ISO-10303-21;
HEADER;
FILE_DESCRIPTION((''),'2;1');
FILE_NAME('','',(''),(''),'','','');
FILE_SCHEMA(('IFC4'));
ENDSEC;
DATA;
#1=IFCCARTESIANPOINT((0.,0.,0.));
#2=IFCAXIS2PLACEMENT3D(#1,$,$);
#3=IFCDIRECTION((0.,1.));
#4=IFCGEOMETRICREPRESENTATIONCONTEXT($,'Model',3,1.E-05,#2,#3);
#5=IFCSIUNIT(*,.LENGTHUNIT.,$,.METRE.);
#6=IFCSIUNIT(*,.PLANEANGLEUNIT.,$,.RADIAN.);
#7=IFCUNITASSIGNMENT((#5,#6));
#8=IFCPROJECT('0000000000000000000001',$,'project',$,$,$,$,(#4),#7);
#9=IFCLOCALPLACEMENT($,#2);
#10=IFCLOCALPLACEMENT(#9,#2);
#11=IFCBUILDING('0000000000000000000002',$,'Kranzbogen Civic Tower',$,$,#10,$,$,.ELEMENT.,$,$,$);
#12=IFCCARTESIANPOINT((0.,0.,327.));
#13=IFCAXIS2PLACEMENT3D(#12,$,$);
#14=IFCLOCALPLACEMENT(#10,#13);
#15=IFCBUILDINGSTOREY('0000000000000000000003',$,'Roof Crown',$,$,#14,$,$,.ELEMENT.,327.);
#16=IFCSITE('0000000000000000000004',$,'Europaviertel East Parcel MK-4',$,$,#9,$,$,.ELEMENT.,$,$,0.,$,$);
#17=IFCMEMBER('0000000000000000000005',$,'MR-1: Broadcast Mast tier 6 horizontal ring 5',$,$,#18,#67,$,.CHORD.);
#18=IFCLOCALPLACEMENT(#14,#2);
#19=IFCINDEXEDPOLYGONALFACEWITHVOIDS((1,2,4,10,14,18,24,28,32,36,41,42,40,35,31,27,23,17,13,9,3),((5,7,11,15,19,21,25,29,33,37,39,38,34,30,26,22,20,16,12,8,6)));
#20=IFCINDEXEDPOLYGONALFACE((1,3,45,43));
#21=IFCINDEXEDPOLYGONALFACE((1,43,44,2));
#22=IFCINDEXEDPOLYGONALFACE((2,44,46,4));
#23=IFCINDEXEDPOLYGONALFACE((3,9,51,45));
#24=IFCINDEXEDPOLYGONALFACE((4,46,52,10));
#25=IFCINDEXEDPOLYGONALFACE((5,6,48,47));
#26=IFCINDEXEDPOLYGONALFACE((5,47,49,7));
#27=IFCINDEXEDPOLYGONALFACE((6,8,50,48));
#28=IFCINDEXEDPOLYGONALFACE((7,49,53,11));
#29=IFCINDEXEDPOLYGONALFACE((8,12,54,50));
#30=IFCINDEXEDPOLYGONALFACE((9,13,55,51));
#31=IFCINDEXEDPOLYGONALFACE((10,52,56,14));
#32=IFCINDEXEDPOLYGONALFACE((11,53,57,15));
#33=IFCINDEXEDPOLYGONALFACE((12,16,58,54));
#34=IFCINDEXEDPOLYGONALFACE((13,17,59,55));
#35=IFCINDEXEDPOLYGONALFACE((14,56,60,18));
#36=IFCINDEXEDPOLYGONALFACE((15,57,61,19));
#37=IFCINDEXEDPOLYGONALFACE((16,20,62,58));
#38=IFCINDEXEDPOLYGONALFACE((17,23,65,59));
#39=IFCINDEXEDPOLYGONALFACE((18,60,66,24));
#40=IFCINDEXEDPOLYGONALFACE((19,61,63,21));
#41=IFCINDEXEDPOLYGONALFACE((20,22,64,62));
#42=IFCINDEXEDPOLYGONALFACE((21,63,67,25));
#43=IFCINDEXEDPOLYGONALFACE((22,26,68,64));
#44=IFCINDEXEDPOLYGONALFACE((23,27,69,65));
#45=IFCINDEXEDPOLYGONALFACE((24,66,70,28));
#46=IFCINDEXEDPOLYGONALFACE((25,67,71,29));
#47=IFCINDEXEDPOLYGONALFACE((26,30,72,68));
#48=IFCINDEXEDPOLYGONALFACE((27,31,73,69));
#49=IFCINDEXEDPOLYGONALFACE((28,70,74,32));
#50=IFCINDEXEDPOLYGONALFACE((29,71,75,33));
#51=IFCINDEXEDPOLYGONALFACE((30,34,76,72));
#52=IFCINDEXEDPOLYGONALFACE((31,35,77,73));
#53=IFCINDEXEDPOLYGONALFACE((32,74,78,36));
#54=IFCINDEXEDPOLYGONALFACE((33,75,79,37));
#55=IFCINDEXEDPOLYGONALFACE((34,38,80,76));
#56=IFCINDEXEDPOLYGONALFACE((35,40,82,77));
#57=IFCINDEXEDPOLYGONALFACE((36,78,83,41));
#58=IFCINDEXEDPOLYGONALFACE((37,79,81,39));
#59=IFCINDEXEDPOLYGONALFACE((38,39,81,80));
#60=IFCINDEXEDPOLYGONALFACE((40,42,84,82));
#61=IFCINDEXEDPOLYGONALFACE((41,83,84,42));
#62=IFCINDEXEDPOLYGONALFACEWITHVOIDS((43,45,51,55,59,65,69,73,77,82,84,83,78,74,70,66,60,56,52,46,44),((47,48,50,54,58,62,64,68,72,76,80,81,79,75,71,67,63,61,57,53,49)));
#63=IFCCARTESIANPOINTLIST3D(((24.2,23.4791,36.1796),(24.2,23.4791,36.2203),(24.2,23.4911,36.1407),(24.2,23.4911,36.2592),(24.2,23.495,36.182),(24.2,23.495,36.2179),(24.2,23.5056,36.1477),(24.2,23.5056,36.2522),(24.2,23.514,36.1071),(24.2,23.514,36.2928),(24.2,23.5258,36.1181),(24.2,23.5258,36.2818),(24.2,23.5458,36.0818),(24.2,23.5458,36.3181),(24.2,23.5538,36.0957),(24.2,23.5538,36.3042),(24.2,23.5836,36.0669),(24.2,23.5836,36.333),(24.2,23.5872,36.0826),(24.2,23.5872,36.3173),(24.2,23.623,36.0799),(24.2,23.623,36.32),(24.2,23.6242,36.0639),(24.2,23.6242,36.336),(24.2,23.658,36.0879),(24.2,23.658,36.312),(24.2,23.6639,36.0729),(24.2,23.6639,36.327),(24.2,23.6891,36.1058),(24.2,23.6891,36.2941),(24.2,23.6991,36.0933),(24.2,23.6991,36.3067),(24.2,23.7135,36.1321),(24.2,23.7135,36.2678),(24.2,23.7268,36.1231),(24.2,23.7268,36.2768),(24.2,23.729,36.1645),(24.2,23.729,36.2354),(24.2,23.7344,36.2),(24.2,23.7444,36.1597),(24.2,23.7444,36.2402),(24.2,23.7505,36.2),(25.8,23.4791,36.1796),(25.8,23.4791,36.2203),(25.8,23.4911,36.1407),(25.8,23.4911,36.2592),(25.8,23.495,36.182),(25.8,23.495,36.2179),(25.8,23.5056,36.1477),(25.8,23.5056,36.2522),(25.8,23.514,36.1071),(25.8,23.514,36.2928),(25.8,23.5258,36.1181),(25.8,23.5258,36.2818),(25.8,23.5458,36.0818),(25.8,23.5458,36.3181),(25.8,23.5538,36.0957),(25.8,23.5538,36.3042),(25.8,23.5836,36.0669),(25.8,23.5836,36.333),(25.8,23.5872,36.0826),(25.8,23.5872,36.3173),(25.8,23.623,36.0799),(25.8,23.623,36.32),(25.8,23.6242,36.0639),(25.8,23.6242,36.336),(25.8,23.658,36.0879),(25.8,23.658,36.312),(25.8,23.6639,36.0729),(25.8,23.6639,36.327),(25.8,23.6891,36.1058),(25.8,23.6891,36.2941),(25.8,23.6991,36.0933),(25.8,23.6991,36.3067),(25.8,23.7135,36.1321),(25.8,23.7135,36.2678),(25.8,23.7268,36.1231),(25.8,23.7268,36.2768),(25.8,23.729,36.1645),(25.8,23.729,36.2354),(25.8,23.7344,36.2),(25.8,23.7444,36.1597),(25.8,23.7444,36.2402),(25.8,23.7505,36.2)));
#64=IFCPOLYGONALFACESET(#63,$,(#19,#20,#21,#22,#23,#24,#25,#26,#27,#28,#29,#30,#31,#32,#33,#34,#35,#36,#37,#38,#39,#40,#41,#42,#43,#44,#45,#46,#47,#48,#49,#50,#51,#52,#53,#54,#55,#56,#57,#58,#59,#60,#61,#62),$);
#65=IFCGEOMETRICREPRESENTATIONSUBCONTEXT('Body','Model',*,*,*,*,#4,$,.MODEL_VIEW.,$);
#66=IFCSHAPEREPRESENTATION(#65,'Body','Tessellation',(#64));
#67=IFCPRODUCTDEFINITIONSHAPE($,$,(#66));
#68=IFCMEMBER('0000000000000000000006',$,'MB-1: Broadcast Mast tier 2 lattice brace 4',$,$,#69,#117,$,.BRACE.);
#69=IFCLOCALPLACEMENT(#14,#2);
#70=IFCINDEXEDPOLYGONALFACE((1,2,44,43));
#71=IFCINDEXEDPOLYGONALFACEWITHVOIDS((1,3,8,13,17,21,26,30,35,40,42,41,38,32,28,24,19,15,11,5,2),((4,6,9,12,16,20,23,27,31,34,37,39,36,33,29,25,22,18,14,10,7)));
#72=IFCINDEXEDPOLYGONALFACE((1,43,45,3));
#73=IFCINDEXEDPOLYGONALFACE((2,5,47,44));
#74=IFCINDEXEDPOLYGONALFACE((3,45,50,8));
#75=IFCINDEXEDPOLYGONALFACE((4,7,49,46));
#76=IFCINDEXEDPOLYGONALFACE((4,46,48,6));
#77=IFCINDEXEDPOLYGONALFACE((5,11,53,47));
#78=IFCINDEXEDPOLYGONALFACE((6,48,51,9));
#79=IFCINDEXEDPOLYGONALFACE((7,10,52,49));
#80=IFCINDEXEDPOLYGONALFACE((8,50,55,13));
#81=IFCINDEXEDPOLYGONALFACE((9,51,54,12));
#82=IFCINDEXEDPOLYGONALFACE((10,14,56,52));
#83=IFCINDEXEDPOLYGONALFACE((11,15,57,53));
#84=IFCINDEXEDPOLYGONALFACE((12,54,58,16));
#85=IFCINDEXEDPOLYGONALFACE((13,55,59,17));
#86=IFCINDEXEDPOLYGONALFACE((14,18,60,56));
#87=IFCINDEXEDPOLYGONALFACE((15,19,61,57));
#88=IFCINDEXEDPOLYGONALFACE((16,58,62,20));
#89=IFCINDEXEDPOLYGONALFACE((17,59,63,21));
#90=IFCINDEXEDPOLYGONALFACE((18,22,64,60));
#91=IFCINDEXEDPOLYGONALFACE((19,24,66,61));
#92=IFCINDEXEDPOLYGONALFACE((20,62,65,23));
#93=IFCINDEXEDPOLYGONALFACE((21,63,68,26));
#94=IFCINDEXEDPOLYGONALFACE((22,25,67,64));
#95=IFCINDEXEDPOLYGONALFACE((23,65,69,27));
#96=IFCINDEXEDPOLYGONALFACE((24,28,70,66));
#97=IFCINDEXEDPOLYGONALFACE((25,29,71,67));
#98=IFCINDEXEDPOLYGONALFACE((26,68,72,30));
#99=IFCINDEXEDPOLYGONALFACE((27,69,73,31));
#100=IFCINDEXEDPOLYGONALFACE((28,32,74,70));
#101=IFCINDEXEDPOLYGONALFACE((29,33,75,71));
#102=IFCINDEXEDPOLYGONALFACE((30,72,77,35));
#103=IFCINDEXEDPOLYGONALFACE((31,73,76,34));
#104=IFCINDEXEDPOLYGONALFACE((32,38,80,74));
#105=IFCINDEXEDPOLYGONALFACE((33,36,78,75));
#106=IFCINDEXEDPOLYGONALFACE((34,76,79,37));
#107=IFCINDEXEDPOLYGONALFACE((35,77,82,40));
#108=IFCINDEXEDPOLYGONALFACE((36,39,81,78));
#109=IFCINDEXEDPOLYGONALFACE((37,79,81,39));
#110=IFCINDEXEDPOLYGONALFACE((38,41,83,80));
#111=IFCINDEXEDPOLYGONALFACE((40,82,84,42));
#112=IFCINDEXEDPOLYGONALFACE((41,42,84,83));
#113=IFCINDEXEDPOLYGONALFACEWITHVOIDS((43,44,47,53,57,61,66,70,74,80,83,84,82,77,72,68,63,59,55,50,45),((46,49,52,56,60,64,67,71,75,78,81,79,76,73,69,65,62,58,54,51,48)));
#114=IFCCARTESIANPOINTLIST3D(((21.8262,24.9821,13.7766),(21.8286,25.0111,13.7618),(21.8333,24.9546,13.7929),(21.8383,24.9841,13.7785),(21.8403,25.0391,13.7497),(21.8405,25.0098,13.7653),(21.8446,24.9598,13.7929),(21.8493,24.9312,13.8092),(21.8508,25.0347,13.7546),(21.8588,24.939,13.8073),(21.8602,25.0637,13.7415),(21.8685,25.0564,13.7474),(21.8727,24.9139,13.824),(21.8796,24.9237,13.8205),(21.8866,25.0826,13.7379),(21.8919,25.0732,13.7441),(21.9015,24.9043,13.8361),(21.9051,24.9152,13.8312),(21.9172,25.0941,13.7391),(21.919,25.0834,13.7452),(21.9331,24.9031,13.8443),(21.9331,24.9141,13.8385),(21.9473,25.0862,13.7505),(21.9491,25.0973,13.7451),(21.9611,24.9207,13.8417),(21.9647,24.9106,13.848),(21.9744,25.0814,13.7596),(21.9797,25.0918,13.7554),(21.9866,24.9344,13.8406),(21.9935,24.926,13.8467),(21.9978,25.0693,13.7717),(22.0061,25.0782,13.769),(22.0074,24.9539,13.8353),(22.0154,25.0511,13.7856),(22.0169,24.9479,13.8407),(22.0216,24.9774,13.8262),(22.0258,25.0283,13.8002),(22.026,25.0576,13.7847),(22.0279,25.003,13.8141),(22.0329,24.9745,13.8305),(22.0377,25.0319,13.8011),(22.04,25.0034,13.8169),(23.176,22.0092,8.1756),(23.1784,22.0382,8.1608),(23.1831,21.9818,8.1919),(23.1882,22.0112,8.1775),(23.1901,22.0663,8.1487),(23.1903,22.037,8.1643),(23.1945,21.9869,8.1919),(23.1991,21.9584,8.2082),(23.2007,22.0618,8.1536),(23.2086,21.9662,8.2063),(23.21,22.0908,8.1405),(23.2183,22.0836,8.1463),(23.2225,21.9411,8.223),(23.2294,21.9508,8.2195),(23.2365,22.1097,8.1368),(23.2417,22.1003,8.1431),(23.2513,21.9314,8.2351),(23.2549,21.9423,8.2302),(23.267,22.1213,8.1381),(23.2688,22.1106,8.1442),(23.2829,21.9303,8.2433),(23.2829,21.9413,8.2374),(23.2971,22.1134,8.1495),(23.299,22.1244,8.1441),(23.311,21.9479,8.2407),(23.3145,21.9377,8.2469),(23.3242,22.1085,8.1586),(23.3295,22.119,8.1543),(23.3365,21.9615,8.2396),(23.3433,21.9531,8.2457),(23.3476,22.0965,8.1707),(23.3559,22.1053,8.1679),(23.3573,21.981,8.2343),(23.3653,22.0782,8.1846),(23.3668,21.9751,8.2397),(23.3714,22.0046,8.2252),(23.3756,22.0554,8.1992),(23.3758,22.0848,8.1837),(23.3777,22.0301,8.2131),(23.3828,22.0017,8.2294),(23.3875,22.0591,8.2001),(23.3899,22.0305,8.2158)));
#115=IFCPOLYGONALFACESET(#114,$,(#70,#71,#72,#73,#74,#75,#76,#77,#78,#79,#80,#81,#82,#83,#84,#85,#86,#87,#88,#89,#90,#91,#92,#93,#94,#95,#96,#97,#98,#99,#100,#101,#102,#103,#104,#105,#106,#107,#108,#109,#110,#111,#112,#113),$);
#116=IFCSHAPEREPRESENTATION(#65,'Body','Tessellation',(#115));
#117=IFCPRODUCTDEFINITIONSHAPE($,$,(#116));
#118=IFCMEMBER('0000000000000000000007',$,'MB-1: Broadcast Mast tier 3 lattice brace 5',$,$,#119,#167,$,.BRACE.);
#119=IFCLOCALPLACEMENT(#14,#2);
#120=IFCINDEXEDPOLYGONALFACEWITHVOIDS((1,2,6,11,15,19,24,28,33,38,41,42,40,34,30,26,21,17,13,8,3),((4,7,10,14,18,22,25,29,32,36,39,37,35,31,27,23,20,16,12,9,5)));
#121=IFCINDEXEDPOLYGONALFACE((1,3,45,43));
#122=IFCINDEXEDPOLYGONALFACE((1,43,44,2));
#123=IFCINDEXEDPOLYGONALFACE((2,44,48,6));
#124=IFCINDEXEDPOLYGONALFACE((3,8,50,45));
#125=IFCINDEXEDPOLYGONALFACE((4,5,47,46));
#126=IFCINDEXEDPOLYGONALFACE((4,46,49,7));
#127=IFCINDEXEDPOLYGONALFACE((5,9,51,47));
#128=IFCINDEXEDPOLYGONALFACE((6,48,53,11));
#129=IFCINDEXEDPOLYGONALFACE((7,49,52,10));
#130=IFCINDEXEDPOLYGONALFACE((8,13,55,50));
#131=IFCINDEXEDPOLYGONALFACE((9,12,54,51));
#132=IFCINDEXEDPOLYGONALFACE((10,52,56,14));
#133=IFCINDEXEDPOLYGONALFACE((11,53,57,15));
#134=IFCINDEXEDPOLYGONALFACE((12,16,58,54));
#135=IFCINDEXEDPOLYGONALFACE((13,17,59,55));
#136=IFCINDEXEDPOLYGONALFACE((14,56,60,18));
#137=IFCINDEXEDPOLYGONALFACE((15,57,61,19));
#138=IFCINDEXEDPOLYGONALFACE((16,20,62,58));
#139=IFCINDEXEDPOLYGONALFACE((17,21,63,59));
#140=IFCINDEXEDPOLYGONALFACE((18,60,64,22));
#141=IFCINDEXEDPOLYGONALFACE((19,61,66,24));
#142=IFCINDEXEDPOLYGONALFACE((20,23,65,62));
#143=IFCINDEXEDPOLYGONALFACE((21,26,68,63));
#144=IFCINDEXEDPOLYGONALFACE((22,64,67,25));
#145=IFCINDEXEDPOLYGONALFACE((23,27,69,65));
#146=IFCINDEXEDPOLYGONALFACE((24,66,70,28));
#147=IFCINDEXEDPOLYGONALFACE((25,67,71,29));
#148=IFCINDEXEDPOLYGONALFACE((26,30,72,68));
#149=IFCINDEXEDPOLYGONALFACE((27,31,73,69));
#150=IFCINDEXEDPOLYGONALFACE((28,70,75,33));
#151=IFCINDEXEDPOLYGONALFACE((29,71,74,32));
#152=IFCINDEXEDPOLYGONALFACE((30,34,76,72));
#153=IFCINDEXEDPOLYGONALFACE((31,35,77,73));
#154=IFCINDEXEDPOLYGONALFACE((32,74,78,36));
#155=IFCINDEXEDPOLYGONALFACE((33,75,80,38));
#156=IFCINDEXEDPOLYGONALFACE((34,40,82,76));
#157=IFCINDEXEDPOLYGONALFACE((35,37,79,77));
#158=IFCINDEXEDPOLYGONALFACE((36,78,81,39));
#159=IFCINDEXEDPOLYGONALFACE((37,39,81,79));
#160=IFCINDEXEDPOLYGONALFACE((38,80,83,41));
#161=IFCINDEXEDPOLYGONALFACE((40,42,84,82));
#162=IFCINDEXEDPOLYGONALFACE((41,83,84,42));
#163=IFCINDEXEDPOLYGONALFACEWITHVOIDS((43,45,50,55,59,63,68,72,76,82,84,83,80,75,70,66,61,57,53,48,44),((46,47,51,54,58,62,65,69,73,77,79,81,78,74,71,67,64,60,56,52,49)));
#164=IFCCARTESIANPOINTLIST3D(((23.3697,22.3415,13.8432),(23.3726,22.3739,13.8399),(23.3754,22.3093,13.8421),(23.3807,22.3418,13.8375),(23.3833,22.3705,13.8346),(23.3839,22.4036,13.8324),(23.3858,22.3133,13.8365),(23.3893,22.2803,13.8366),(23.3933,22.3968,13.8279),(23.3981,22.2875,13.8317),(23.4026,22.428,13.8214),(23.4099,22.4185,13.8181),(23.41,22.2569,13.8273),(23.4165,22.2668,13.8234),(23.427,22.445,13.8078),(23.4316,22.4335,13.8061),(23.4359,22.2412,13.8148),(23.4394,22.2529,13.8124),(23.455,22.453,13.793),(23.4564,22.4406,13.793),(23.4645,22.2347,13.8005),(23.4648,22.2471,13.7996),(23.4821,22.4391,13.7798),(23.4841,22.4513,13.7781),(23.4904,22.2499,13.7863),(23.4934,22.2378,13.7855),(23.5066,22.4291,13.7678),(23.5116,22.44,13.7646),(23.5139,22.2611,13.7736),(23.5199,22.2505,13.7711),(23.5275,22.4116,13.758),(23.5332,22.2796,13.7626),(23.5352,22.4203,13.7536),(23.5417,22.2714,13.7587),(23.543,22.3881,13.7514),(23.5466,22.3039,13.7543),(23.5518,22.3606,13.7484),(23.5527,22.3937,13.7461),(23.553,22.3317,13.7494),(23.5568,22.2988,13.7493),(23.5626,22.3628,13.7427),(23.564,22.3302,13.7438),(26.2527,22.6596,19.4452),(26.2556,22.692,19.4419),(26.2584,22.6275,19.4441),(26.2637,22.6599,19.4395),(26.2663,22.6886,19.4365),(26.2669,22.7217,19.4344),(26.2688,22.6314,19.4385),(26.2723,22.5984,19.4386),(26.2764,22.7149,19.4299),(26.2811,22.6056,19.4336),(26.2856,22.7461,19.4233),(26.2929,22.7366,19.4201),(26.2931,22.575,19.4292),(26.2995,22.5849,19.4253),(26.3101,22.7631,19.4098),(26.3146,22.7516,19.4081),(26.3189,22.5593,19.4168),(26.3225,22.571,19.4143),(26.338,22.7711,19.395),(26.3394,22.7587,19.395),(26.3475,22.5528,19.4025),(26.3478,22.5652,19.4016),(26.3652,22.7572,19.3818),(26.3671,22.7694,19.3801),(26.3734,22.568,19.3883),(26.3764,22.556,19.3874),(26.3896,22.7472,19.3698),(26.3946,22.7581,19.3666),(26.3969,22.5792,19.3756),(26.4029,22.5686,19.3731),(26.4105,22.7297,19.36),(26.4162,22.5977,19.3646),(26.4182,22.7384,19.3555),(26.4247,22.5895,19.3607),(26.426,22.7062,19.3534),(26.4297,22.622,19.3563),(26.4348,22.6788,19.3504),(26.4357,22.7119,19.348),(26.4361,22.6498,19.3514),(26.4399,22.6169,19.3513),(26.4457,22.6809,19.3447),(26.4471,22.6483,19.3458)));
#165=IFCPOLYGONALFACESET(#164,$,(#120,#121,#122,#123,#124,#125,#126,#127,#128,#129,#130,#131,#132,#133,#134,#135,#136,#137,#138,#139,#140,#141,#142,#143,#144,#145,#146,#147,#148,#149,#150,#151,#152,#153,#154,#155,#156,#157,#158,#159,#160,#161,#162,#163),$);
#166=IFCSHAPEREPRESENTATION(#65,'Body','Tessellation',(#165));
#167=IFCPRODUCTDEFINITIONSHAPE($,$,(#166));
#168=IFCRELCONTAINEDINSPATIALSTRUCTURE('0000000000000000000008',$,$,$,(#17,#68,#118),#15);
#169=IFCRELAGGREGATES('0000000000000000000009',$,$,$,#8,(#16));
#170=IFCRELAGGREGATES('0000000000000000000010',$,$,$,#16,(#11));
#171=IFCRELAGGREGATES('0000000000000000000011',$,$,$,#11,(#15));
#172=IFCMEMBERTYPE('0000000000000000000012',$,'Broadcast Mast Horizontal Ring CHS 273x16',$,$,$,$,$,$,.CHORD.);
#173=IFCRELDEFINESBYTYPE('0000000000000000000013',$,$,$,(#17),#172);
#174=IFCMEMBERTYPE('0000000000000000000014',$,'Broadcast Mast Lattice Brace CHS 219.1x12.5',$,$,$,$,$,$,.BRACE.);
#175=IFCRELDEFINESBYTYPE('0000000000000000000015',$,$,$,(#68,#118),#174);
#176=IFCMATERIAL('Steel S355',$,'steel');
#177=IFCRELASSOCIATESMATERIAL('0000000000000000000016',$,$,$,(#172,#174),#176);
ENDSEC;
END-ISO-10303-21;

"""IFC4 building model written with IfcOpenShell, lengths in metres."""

from ifc_helpers import new_model, si_unit, direction, frame, origin, origin_2d, place, context, subcontext, project, spatial, hollow_circle, extrude, material, material_profile, profile_set, type_object, element, save


model = new_model("IFC4")

# Units and contexts
model_context = context("Model", 3, precision=1e-05, world=origin(), true_north=direction((0.0, 1.0)))
body_context = subcontext(model_context, "Body", "Model", "MODEL_VIEW")
ifc_project = project(units=[si_unit("LENGTHUNIT", "METRE"), si_unit("PLANEANGLEUNIT", "RADIAN")], contexts=[model_context])

# Site, building, storey
site_placement = place(None, origin())
site = spatial("IfcSite", under=ifc_project, at=site_placement, Name="Europaviertel East Parcel MK-4", CompositionType="ELEMENT", RefElevation=0.0)
building_placement = place(site_placement, origin())
building = spatial("IfcBuilding", under=site, at=building_placement, Name="Kranzbogen Civic Tower", CompositionType="ELEMENT")
storey_placement = place(building_placement, frame((0.0, 0.0, 327.0)))
storey = spatial("IfcBuildingStorey", under=building, at=storey_placement, Name="Roof Crown", CompositionType="ELEMENT", Elevation=327.0)

# Members
ifc_material = material(Name="Steel S355", Category="steel")
ifc_material_profile_1 = material_profile(ifc_material, hollow_circle(Radius=0.1365, WallThickness=0.0161, at=origin_2d()), Name="CHS 273x16")
ifc_profile_set_1 = profile_set([ifc_material_profile_1], Name="Steel S355")
member_type_1 = type_object("IfcMemberType", Name="Broadcast Mast Horizontal Ring CHS 273x16", PredefinedType="CHORD", material=ifc_profile_set_1)
member_1_placement = place(storey_placement, frame((24.2, 23.614, 36.2), z_axis=(1.0, 0.0, 0.0), x_axis=(0.0, 1.0, 0.0)))
element("IfcMember", 1, at=member_1_placement, inside=storey, type_object=member_type_1, Name="MR-1: Broadcast Mast tier 6 horizontal ring 5", PredefinedType="CHORD", context=body_context, shape_type="SweptSolid", body=[
    extrude(hollow_circle(Radius=0.1365, WallThickness=0.0161, at=origin_2d()), origin(), (0.0, 0.0, 1.0), 1.6001),
])
ifc_material_profile_2 = material_profile(ifc_material, hollow_circle(Radius=0.1096, WallThickness=0.0125, at=origin_2d()), Name="CHS 219.1x12.5")
ifc_profile_set_2 = profile_set([ifc_material_profile_2], Name="Steel S355")
member_type_2 = type_object("IfcMemberType", Name="Broadcast Mast Lattice Brace CHS 219.1x12.5", PredefinedType="BRACE", material=ifc_profile_set_2)
member_2_placement = place(storey_placement, frame((23.283, 22.0271, 8.1919), z_axis=(-0.208207, 0.458552, 0.863933), x_axis=(-0.910535, -0.413431, 0.0)))
element("IfcMember", 2, at=member_2_placement, inside=storey, type_object=member_type_2, Name="MB-1: Broadcast Mast tier 2 lattice brace 4", PredefinedType="BRACE", context=body_context, shape_type="SweptSolid", body=[
    extrude(hollow_circle(Radius=0.1096, WallThickness=0.0125, at=origin_2d()), origin(), (0.0, 0.0, 1.0), 6.4832),
])
member_3_placement = place(storey_placement, frame((23.467, 22.344, 13.793), z_axis=(0.457017, 0.050427, 0.888027), x_axis=(-0.109674, 0.993968, 0.0)))
element("IfcMember", 3, at=member_3_placement, inside=storey, type_object=member_type_2, Name="MB-1: Broadcast Mast tier 3 lattice brace 5", PredefinedType="BRACE", context=body_context, shape_type="SweptSolid", body=[
    extrude(hollow_circle(Radius=0.1096, WallThickness=0.0125, at=origin_2d()), origin(), (0.0, 0.0, 1.0), 6.3083),
])

save(model, "model.ifc")
